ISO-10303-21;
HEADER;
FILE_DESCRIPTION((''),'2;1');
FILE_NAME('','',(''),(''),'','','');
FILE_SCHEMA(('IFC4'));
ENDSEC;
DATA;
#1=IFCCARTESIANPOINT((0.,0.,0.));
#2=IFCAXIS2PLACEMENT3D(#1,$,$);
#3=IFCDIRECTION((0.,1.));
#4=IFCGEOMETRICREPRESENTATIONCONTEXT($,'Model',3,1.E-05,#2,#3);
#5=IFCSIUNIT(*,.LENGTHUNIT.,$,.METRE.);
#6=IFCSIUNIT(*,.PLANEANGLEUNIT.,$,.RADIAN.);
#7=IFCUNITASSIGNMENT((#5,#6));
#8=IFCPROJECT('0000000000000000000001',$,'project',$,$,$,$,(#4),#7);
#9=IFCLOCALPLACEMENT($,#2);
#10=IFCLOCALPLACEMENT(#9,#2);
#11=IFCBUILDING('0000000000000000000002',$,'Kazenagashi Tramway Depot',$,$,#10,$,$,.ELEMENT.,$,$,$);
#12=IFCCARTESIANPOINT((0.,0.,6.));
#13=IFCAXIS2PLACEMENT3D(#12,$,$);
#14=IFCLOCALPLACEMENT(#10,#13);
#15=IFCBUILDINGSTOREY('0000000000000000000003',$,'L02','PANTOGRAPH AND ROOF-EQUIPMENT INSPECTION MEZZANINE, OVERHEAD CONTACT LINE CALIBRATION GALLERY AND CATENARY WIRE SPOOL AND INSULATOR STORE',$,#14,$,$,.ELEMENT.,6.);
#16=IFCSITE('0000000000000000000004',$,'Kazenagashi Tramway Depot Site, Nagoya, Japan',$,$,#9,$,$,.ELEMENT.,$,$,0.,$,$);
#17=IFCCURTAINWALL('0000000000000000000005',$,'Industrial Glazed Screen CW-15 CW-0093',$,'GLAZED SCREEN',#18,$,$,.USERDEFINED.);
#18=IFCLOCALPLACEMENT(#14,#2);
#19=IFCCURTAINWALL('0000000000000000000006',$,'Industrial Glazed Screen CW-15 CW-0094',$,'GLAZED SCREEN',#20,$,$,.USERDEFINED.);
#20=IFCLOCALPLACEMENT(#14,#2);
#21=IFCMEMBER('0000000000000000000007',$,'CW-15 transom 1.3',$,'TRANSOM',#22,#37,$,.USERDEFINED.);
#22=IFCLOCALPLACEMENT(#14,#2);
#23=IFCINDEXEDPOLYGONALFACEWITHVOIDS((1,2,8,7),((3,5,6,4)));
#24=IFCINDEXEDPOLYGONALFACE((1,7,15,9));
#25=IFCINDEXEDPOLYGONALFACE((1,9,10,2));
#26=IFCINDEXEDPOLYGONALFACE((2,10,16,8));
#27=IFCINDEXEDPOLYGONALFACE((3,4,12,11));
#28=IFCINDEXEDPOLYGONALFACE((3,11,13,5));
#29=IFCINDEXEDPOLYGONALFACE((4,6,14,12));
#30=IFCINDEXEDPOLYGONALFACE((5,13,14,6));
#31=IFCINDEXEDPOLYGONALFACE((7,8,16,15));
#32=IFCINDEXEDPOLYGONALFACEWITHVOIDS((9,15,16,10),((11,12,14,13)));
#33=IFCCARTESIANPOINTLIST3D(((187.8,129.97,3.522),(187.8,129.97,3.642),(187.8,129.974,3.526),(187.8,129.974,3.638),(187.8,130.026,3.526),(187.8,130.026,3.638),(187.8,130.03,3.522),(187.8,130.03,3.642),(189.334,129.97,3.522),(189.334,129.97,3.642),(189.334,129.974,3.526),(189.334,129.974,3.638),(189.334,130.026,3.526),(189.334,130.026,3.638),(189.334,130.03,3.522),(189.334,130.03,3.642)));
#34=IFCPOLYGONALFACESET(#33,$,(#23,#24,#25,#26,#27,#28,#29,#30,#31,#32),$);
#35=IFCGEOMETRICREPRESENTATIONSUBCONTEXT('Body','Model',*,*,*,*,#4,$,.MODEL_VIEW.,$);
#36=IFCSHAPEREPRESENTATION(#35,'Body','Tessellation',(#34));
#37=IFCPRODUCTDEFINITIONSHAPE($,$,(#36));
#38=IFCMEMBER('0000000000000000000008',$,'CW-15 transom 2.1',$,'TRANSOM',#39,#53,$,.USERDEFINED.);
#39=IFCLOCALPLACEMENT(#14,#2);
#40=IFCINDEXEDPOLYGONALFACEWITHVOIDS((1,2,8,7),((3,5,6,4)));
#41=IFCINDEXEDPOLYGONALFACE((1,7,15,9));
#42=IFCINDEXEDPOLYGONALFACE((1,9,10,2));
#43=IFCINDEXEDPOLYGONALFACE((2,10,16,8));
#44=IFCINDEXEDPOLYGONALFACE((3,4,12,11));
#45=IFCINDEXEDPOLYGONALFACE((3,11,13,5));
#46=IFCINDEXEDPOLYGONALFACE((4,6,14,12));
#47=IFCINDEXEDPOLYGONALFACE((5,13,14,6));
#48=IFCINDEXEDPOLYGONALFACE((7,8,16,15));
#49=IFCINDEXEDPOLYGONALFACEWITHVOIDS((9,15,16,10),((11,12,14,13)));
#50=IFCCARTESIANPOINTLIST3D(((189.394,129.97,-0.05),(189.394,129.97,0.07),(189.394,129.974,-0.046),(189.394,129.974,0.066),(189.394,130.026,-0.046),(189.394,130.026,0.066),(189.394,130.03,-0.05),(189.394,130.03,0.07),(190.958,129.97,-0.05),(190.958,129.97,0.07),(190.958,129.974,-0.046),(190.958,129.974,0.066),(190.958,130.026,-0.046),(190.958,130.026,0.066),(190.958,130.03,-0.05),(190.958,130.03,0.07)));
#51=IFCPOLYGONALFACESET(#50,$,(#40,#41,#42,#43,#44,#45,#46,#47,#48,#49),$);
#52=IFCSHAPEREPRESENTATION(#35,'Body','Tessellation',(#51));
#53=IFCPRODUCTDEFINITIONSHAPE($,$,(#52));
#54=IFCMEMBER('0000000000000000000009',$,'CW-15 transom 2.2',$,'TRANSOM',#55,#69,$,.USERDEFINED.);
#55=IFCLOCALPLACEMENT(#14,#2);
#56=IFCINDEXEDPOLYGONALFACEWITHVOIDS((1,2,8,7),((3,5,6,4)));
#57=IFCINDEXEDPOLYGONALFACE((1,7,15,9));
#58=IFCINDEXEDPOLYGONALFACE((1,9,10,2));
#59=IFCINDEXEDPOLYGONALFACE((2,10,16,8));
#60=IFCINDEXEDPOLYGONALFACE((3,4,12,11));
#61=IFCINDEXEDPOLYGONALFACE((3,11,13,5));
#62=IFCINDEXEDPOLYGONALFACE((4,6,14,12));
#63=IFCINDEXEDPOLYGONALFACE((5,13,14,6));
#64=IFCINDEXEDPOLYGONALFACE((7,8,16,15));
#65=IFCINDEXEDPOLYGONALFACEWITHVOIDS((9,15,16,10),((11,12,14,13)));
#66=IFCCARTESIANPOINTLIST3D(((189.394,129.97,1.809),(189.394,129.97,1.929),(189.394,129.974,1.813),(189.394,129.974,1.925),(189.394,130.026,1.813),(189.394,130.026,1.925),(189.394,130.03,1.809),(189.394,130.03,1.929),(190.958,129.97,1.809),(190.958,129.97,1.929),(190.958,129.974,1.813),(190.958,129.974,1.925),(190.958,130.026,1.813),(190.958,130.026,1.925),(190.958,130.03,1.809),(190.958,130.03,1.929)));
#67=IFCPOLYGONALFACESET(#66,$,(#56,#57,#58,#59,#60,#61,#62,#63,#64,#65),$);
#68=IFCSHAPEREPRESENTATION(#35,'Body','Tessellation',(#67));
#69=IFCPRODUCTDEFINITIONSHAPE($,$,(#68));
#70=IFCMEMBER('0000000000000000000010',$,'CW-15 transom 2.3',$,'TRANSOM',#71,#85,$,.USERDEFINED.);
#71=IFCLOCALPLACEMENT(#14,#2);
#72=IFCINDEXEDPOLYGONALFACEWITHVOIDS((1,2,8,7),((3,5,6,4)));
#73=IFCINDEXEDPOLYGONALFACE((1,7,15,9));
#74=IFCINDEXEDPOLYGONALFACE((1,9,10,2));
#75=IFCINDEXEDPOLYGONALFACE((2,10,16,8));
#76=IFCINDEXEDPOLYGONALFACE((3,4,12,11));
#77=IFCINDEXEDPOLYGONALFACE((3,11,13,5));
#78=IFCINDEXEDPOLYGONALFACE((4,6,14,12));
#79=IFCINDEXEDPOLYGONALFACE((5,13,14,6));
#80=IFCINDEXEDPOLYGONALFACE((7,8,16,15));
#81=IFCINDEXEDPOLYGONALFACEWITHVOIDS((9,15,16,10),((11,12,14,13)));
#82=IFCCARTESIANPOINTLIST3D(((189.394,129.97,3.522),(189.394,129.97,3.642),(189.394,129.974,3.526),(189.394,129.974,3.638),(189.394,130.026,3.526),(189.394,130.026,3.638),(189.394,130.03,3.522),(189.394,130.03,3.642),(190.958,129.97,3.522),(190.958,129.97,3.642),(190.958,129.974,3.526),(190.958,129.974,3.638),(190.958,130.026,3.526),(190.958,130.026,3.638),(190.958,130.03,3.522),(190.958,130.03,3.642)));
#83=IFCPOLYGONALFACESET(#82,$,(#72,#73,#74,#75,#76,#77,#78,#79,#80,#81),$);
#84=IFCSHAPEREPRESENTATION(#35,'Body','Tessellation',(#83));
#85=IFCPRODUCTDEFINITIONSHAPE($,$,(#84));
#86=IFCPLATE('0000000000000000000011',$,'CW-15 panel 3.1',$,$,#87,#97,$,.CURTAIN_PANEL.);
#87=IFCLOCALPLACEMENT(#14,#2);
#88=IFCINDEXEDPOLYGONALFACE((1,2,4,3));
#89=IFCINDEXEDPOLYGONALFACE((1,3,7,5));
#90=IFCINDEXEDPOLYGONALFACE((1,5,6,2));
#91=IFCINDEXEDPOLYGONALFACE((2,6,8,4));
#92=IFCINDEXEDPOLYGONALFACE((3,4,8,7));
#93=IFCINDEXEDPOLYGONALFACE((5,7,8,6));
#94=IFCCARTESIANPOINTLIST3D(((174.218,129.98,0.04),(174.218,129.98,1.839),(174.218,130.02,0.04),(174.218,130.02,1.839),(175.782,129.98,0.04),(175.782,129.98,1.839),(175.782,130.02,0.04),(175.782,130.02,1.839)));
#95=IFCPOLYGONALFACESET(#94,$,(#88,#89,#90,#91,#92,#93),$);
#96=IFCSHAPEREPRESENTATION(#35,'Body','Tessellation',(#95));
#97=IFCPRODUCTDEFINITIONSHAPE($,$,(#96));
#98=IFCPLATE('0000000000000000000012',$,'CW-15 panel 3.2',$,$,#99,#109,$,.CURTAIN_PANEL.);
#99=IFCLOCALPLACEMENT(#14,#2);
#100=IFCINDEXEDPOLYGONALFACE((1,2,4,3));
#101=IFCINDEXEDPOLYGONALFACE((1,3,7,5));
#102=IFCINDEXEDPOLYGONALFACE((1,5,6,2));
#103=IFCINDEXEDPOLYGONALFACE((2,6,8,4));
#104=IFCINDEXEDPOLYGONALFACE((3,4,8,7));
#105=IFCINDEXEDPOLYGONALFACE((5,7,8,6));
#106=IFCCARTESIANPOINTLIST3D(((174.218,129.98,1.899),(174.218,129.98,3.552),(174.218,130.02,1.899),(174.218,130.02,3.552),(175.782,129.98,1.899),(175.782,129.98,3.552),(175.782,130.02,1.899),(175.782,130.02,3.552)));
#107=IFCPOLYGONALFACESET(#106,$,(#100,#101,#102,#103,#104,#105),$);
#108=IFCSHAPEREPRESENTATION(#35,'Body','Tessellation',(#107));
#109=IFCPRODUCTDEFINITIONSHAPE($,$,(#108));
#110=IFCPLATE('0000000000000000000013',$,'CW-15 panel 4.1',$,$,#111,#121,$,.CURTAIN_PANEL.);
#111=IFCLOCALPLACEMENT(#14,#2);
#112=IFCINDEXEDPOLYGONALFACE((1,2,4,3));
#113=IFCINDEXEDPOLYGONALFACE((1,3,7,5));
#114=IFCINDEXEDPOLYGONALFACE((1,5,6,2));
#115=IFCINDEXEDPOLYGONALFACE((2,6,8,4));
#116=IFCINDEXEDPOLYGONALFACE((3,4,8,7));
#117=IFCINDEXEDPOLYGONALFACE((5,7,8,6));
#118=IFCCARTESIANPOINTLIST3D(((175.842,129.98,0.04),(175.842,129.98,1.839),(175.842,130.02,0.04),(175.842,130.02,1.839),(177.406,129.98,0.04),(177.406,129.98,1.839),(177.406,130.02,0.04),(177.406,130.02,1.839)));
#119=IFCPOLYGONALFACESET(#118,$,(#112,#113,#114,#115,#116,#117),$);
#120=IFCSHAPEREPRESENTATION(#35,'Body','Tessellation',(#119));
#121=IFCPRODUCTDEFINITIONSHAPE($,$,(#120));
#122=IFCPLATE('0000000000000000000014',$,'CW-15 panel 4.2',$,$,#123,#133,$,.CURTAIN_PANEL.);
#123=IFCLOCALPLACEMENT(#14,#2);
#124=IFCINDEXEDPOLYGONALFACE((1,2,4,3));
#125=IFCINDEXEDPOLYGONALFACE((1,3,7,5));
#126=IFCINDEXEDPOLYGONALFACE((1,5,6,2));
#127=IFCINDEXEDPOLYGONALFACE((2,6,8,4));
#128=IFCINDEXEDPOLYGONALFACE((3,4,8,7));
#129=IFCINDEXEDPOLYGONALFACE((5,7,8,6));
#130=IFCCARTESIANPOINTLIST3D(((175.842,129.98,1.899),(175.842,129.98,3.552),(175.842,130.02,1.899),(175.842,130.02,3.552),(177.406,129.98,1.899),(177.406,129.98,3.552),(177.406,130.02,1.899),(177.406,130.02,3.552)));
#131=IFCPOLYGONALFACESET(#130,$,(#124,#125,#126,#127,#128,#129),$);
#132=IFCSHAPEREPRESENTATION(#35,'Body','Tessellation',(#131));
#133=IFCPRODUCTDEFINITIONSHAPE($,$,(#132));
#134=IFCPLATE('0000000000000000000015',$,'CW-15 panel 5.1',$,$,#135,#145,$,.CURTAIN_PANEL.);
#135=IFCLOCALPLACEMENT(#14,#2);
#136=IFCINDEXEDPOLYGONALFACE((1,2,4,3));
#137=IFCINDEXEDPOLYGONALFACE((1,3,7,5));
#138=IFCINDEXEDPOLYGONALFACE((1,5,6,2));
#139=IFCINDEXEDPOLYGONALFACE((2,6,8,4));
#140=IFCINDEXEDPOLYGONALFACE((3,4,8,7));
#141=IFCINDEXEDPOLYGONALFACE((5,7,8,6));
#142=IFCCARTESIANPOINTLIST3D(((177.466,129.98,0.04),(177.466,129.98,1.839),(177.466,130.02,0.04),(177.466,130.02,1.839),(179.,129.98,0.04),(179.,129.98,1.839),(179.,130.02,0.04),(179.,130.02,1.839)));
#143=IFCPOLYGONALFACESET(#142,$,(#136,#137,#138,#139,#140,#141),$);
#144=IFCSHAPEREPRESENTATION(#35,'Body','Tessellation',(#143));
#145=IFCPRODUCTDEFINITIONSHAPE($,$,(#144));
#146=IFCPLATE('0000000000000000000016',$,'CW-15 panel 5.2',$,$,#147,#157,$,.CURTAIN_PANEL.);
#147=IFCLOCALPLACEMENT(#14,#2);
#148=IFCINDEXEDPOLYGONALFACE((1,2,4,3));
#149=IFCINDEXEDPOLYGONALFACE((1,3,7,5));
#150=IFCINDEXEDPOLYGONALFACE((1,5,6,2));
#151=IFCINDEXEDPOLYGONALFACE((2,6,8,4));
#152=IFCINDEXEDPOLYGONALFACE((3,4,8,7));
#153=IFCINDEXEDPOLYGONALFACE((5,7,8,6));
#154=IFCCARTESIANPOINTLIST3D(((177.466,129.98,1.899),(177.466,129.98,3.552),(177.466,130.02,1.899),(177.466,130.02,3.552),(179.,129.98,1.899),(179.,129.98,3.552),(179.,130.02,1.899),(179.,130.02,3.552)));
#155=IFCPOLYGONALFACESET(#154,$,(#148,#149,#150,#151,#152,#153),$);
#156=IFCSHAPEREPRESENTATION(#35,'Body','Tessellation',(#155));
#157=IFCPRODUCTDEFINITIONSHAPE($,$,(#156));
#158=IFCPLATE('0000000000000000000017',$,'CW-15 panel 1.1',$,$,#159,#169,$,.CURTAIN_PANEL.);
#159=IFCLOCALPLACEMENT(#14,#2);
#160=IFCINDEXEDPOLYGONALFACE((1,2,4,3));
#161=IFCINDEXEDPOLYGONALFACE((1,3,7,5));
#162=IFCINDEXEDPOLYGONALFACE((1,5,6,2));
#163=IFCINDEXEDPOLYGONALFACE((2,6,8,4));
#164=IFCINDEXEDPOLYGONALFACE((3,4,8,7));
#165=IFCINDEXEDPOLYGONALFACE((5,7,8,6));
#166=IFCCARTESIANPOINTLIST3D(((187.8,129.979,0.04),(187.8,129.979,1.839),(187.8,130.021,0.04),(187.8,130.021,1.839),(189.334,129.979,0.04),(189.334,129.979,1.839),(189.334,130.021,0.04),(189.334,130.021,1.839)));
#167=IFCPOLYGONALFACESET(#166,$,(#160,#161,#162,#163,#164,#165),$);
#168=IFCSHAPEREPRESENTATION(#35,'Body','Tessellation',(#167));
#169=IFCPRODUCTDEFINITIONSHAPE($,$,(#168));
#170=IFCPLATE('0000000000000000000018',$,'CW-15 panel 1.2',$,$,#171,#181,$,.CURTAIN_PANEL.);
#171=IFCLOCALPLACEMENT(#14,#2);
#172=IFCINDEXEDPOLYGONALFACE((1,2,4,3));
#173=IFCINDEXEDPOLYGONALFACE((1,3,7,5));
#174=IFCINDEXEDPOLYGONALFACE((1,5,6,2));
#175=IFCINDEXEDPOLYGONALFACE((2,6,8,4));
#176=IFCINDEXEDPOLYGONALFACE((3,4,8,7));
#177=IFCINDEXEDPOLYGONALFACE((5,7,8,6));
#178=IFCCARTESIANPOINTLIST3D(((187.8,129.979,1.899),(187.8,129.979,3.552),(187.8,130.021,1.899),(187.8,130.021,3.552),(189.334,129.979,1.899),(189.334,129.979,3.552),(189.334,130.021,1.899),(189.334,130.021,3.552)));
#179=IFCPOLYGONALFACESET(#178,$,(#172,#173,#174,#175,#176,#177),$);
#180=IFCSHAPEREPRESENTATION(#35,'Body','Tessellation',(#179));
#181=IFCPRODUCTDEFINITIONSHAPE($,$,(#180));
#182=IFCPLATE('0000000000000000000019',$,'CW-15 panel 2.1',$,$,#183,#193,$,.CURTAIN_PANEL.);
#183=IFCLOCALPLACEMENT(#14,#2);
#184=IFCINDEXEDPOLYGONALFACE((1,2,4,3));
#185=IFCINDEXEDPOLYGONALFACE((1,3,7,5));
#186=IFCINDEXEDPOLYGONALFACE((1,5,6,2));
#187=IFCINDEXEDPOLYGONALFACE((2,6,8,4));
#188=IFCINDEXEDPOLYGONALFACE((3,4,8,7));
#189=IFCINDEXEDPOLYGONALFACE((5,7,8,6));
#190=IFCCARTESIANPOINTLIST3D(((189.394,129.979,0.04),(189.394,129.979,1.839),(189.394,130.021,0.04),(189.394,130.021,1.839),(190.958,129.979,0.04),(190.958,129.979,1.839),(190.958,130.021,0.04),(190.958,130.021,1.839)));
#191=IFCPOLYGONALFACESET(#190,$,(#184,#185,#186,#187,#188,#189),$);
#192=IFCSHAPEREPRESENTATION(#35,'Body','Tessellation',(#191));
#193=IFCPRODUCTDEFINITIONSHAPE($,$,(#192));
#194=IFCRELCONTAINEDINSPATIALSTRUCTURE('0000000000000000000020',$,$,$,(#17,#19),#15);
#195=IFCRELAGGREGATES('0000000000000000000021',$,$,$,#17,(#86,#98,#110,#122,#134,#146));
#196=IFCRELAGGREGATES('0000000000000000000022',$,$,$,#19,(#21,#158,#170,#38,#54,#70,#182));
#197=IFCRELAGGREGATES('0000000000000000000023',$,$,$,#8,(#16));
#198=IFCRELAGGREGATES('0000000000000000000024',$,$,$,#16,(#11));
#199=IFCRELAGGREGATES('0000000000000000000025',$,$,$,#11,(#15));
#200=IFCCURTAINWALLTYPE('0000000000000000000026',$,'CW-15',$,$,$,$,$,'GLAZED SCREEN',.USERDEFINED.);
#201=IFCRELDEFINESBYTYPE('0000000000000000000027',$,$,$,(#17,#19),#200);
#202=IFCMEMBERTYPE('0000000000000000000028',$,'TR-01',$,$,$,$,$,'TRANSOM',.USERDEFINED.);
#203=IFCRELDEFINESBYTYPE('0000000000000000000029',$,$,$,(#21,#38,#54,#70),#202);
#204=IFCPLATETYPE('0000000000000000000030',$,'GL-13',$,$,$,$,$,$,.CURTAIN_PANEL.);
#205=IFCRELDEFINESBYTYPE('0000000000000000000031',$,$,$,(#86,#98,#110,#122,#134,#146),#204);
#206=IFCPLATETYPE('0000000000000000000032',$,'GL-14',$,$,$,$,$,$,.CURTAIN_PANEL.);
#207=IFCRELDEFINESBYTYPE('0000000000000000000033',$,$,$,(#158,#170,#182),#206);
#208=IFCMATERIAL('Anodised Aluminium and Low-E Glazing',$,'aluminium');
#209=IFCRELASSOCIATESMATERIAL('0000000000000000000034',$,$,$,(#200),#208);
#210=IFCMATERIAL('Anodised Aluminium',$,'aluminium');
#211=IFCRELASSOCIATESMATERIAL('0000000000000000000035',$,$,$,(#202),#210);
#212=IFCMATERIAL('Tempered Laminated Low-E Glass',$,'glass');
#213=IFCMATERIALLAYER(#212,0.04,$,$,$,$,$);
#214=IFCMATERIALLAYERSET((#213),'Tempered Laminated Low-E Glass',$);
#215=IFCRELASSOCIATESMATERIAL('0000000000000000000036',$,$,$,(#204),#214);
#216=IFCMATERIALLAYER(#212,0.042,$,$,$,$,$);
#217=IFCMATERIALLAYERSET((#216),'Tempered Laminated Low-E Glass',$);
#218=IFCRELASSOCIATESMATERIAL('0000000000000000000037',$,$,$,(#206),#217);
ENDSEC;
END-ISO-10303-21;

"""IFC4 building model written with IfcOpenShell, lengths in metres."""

from ifc_helpers import new_model, si_unit, direction, frame, origin, origin_2d, place, context, subcontext, project, spatial, rectangle, hollow_rectangle, extrude, material, layer, layer_set, material_profile, profile_set, type_object, element, aggregate, save


model = new_model("IFC4")

# Units and contexts
model_context = context("Model", 3, precision=1e-05, world=origin(), true_north=direction((0.0, 1.0)))
body_context = subcontext(model_context, "Body", "Model", "MODEL_VIEW")
ifc_project = project(units=[si_unit("LENGTHUNIT", "METRE"), si_unit("PLANEANGLEUNIT", "RADIAN")], contexts=[model_context])

# Site, building, storey
site_placement = place(None, origin())
site = spatial("IfcSite", under=ifc_project, at=site_placement, Name="Kazenagashi Tramway Depot Site, Nagoya, Japan", CompositionType="ELEMENT", RefElevation=0.0)
building_placement = place(site_placement, origin())
building = spatial("IfcBuilding", under=site, at=building_placement, Name="Kazenagashi Tramway Depot", CompositionType="ELEMENT")
storey_placement = place(building_placement, frame((0.0, 0.0, 6.0)))
storey = spatial("IfcBuildingStorey", under=building, at=storey_placement, Name="L02", Description="PANTOGRAPH AND ROOF-EQUIPMENT INSPECTION MEZZANINE, OVERHEAD CONTACT LINE CALIBRATION GALLERY AND CATENARY WIRE SPOOL AND INSULATOR STORE", CompositionType="ELEMENT", Elevation=6.0)

# Curtain walls
ifc_material_1 = material(Name="Anodised Aluminium and Low-E Glazing", Category="aluminium")
curtain_wall_type = type_object("IfcCurtainWallType", Name="CW-15", ElementType="GLAZED SCREEN", PredefinedType="USERDEFINED", material=ifc_material_1)
curtain_wall_1_placement = place(storey_placement, origin())
curtain_wall_1 = element("IfcCurtainWall", 1, at=curtain_wall_1_placement, inside=storey, type_object=curtain_wall_type, Name="Industrial Glazed Screen CW-15 CW-0093", ObjectType="GLAZED SCREEN", PredefinedType="USERDEFINED")
ifc_material_2 = material(Name="Anodised Aluminium", Category="aluminium")
curtain_wall_2_placement = place(storey_placement, origin())
curtain_wall_2 = element("IfcCurtainWall", 2, at=curtain_wall_2_placement, inside=storey, type_object=curtain_wall_type, Name="Industrial Glazed Screen CW-15 CW-0094", ObjectType="GLAZED SCREEN", PredefinedType="USERDEFINED")

# Members
ifc_material_profile_1 = material_profile(ifc_material_2, hollow_rectangle(XDim=0.06, YDim=0.12, WallThickness=0.004, at=origin_2d()), Name="RHS-120x60x4")
ifc_profile_set_1 = profile_set([ifc_material_profile_1], Name="Anodised Aluminium")
member_type_1 = type_object("IfcMemberType", Name="TR-01", ElementType="TRANSOM", PredefinedType="USERDEFINED", material=ifc_profile_set_1)
member_1_placement = place(storey_placement, frame((187.8, 130.0, 3.582), z_axis=(1.0, 0.0, 0.0), x_axis=(0.0, 1.0, 0.0)))
member_1 = element("IfcMember", 3, at=member_1_placement, type_object=member_type_1, Name="CW-15 transom 1.3", ObjectType="TRANSOM", PredefinedType="USERDEFINED", context=body_context, shape_type="SweptSolid", body=[
    extrude(hollow_rectangle(XDim=0.06, YDim=0.12, WallThickness=0.004, at=origin_2d()), origin(), (0.0, 0.0, 1.0), 1.534),
])
member_2_placement = place(storey_placement, frame((189.394, 130.0, 0.01), z_axis=(1.0, 0.0, 0.0), x_axis=(0.0, 1.0, 0.0)))
member_2 = element("IfcMember", 4, at=member_2_placement, type_object=member_type_1, Name="CW-15 transom 2.1", ObjectType="TRANSOM", PredefinedType="USERDEFINED", context=body_context, shape_type="SweptSolid", body=[
    extrude(hollow_rectangle(XDim=0.06, YDim=0.12, WallThickness=0.004, at=origin_2d()), origin(), (0.0, 0.0, 1.0), 1.564),
])
member_3_placement = place(storey_placement, frame((189.394, 130.0, 1.869), z_axis=(1.0, 0.0, 0.0), x_axis=(0.0, 1.0, 0.0)))
member_3 = element("IfcMember", 5, at=member_3_placement, type_object=member_type_1, Name="CW-15 transom 2.2", ObjectType="TRANSOM", PredefinedType="USERDEFINED", context=body_context, shape_type="SweptSolid", body=[
    extrude(hollow_rectangle(XDim=0.06, YDim=0.12, WallThickness=0.004, at=origin_2d()), origin(), (0.0, 0.0, 1.0), 1.564),
])
member_4_placement = place(storey_placement, frame((189.394, 130.0, 3.582), z_axis=(1.0, 0.0, 0.0), x_axis=(0.0, 1.0, 0.0)))
member_4 = element("IfcMember", 6, at=member_4_placement, type_object=member_type_1, Name="CW-15 transom 2.3", ObjectType="TRANSOM", PredefinedType="USERDEFINED", context=body_context, shape_type="SweptSolid", body=[
    extrude(hollow_rectangle(XDim=0.06, YDim=0.12, WallThickness=0.004, at=origin_2d()), origin(), (0.0, 0.0, 1.0), 1.564),
])

# Plates
ifc_material_3 = material(Name="Tempered Laminated Low-E Glass", Category="glass")
ifc_layer_1 = layer(ifc_material_3, 0.04)
ifc_layer_set_1 = layer_set([ifc_layer_1], Name="Tempered Laminated Low-E Glass")
plate_type_1 = type_object("IfcPlateType", Name="GL-13", PredefinedType="CURTAIN_PANEL", material=ifc_layer_set_1)
plate_1_placement = place(storey_placement, frame((175.0, 130.0, 0.04), z_axis=(0.0, 0.0, 1.0), x_axis=(1.0, 0.0, 0.0)))
plate_1 = element("IfcPlate", 7, at=plate_1_placement, type_object=plate_type_1, Name="CW-15 panel 3.1", PredefinedType="CURTAIN_PANEL", context=body_context, shape_type="SweptSolid", body=[
    extrude(rectangle(XDim=1.564, YDim=0.04, at=origin_2d()), origin(), (0.0, 0.0, 1.0), 1.799),
])
plate_2_placement = place(storey_placement, frame((175.0, 130.0, 1.899), z_axis=(0.0, 0.0, 1.0), x_axis=(1.0, 0.0, 0.0)))
plate_2 = element("IfcPlate", 8, at=plate_2_placement, type_object=plate_type_1, Name="CW-15 panel 3.2", PredefinedType="CURTAIN_PANEL", context=body_context, shape_type="SweptSolid", body=[
    extrude(rectangle(XDim=1.564, YDim=0.04, at=origin_2d()), origin(), (0.0, 0.0, 1.0), 1.653),
])
plate_3_placement = place(storey_placement, frame((176.624, 130.0, 0.04), z_axis=(0.0, 0.0, 1.0), x_axis=(1.0, 0.0, 0.0)))
plate_3 = element("IfcPlate", 9, at=plate_3_placement, type_object=plate_type_1, Name="CW-15 panel 4.1", PredefinedType="CURTAIN_PANEL", context=body_context, shape_type="SweptSolid", body=[
    extrude(rectangle(XDim=1.564, YDim=0.04, at=origin_2d()), origin(), (0.0, 0.0, 1.0), 1.799),
])
plate_4_placement = place(storey_placement, frame((176.624, 130.0, 1.899), z_axis=(0.0, 0.0, 1.0), x_axis=(1.0, 0.0, 0.0)))
plate_4 = element("IfcPlate", 10, at=plate_4_placement, type_object=plate_type_1, Name="CW-15 panel 4.2", PredefinedType="CURTAIN_PANEL", context=body_context, shape_type="SweptSolid", body=[
    extrude(rectangle(XDim=1.564, YDim=0.04, at=origin_2d()), origin(), (0.0, 0.0, 1.0), 1.653),
])
plate_5_placement = place(storey_placement, frame((178.233, 130.0, 0.04), z_axis=(0.0, 0.0, 1.0), x_axis=(1.0, 0.0, 0.0)))
plate_5 = element("IfcPlate", 11, at=plate_5_placement, type_object=plate_type_1, Name="CW-15 panel 5.1", PredefinedType="CURTAIN_PANEL", context=body_context, shape_type="SweptSolid", body=[
    extrude(rectangle(XDim=1.534, YDim=0.04, at=origin_2d()), origin(), (0.0, 0.0, 1.0), 1.799),
])
plate_6_placement = place(storey_placement, frame((178.233, 130.0, 1.899), z_axis=(0.0, 0.0, 1.0), x_axis=(1.0, 0.0, 0.0)))
plate_6 = element("IfcPlate", 12, at=plate_6_placement, type_object=plate_type_1, Name="CW-15 panel 5.2", PredefinedType="CURTAIN_PANEL", context=body_context, shape_type="SweptSolid", body=[
    extrude(rectangle(XDim=1.534, YDim=0.04, at=origin_2d()), origin(), (0.0, 0.0, 1.0), 1.653),
])
aggregate(curtain_wall_1, [plate_1, plate_2, plate_3, plate_4, plate_5, plate_6])
ifc_layer_2 = layer(ifc_material_3, 0.042)
ifc_layer_set_2 = layer_set([ifc_layer_2], Name="Tempered Laminated Low-E Glass")
plate_type_2 = type_object("IfcPlateType", Name="GL-14", PredefinedType="CURTAIN_PANEL", material=ifc_layer_set_2)
plate_7_placement = place(storey_placement, frame((188.567, 130.0, 0.04), z_axis=(0.0, 0.0, 1.0), x_axis=(1.0, 0.0, 0.0)))
plate_7 = element("IfcPlate", 13, at=plate_7_placement, type_object=plate_type_2, Name="CW-15 panel 1.1", PredefinedType="CURTAIN_PANEL", context=body_context, shape_type="SweptSolid", body=[
    extrude(rectangle(XDim=1.534, YDim=0.042, at=origin_2d()), origin(), (0.0, 0.0, 1.0), 1.799),
])
plate_8_placement = place(storey_placement, frame((188.567, 130.0, 1.899), z_axis=(0.0, 0.0, 1.0), x_axis=(1.0, 0.0, 0.0)))
plate_8 = element("IfcPlate", 14, at=plate_8_placement, type_object=plate_type_2, Name="CW-15 panel 1.2", PredefinedType="CURTAIN_PANEL", context=body_context, shape_type="SweptSolid", body=[
    extrude(rectangle(XDim=1.534, YDim=0.042, at=origin_2d()), origin(), (0.0, 0.0, 1.0), 1.653),
])
plate_9_placement = place(storey_placement, frame((190.176, 130.0, 0.04), z_axis=(0.0, 0.0, 1.0), x_axis=(1.0, 0.0, 0.0)))
plate_9 = element("IfcPlate", 15, at=plate_9_placement, type_object=plate_type_2, Name="CW-15 panel 2.1", PredefinedType="CURTAIN_PANEL", context=body_context, shape_type="SweptSolid", body=[
    extrude(rectangle(XDim=1.564, YDim=0.042, at=origin_2d()), origin(), (0.0, 0.0, 1.0), 1.799),
])
aggregate(curtain_wall_2, [member_1, plate_7, plate_8, member_2, member_3, member_4, plate_9])

save(model, "model.ifc")
